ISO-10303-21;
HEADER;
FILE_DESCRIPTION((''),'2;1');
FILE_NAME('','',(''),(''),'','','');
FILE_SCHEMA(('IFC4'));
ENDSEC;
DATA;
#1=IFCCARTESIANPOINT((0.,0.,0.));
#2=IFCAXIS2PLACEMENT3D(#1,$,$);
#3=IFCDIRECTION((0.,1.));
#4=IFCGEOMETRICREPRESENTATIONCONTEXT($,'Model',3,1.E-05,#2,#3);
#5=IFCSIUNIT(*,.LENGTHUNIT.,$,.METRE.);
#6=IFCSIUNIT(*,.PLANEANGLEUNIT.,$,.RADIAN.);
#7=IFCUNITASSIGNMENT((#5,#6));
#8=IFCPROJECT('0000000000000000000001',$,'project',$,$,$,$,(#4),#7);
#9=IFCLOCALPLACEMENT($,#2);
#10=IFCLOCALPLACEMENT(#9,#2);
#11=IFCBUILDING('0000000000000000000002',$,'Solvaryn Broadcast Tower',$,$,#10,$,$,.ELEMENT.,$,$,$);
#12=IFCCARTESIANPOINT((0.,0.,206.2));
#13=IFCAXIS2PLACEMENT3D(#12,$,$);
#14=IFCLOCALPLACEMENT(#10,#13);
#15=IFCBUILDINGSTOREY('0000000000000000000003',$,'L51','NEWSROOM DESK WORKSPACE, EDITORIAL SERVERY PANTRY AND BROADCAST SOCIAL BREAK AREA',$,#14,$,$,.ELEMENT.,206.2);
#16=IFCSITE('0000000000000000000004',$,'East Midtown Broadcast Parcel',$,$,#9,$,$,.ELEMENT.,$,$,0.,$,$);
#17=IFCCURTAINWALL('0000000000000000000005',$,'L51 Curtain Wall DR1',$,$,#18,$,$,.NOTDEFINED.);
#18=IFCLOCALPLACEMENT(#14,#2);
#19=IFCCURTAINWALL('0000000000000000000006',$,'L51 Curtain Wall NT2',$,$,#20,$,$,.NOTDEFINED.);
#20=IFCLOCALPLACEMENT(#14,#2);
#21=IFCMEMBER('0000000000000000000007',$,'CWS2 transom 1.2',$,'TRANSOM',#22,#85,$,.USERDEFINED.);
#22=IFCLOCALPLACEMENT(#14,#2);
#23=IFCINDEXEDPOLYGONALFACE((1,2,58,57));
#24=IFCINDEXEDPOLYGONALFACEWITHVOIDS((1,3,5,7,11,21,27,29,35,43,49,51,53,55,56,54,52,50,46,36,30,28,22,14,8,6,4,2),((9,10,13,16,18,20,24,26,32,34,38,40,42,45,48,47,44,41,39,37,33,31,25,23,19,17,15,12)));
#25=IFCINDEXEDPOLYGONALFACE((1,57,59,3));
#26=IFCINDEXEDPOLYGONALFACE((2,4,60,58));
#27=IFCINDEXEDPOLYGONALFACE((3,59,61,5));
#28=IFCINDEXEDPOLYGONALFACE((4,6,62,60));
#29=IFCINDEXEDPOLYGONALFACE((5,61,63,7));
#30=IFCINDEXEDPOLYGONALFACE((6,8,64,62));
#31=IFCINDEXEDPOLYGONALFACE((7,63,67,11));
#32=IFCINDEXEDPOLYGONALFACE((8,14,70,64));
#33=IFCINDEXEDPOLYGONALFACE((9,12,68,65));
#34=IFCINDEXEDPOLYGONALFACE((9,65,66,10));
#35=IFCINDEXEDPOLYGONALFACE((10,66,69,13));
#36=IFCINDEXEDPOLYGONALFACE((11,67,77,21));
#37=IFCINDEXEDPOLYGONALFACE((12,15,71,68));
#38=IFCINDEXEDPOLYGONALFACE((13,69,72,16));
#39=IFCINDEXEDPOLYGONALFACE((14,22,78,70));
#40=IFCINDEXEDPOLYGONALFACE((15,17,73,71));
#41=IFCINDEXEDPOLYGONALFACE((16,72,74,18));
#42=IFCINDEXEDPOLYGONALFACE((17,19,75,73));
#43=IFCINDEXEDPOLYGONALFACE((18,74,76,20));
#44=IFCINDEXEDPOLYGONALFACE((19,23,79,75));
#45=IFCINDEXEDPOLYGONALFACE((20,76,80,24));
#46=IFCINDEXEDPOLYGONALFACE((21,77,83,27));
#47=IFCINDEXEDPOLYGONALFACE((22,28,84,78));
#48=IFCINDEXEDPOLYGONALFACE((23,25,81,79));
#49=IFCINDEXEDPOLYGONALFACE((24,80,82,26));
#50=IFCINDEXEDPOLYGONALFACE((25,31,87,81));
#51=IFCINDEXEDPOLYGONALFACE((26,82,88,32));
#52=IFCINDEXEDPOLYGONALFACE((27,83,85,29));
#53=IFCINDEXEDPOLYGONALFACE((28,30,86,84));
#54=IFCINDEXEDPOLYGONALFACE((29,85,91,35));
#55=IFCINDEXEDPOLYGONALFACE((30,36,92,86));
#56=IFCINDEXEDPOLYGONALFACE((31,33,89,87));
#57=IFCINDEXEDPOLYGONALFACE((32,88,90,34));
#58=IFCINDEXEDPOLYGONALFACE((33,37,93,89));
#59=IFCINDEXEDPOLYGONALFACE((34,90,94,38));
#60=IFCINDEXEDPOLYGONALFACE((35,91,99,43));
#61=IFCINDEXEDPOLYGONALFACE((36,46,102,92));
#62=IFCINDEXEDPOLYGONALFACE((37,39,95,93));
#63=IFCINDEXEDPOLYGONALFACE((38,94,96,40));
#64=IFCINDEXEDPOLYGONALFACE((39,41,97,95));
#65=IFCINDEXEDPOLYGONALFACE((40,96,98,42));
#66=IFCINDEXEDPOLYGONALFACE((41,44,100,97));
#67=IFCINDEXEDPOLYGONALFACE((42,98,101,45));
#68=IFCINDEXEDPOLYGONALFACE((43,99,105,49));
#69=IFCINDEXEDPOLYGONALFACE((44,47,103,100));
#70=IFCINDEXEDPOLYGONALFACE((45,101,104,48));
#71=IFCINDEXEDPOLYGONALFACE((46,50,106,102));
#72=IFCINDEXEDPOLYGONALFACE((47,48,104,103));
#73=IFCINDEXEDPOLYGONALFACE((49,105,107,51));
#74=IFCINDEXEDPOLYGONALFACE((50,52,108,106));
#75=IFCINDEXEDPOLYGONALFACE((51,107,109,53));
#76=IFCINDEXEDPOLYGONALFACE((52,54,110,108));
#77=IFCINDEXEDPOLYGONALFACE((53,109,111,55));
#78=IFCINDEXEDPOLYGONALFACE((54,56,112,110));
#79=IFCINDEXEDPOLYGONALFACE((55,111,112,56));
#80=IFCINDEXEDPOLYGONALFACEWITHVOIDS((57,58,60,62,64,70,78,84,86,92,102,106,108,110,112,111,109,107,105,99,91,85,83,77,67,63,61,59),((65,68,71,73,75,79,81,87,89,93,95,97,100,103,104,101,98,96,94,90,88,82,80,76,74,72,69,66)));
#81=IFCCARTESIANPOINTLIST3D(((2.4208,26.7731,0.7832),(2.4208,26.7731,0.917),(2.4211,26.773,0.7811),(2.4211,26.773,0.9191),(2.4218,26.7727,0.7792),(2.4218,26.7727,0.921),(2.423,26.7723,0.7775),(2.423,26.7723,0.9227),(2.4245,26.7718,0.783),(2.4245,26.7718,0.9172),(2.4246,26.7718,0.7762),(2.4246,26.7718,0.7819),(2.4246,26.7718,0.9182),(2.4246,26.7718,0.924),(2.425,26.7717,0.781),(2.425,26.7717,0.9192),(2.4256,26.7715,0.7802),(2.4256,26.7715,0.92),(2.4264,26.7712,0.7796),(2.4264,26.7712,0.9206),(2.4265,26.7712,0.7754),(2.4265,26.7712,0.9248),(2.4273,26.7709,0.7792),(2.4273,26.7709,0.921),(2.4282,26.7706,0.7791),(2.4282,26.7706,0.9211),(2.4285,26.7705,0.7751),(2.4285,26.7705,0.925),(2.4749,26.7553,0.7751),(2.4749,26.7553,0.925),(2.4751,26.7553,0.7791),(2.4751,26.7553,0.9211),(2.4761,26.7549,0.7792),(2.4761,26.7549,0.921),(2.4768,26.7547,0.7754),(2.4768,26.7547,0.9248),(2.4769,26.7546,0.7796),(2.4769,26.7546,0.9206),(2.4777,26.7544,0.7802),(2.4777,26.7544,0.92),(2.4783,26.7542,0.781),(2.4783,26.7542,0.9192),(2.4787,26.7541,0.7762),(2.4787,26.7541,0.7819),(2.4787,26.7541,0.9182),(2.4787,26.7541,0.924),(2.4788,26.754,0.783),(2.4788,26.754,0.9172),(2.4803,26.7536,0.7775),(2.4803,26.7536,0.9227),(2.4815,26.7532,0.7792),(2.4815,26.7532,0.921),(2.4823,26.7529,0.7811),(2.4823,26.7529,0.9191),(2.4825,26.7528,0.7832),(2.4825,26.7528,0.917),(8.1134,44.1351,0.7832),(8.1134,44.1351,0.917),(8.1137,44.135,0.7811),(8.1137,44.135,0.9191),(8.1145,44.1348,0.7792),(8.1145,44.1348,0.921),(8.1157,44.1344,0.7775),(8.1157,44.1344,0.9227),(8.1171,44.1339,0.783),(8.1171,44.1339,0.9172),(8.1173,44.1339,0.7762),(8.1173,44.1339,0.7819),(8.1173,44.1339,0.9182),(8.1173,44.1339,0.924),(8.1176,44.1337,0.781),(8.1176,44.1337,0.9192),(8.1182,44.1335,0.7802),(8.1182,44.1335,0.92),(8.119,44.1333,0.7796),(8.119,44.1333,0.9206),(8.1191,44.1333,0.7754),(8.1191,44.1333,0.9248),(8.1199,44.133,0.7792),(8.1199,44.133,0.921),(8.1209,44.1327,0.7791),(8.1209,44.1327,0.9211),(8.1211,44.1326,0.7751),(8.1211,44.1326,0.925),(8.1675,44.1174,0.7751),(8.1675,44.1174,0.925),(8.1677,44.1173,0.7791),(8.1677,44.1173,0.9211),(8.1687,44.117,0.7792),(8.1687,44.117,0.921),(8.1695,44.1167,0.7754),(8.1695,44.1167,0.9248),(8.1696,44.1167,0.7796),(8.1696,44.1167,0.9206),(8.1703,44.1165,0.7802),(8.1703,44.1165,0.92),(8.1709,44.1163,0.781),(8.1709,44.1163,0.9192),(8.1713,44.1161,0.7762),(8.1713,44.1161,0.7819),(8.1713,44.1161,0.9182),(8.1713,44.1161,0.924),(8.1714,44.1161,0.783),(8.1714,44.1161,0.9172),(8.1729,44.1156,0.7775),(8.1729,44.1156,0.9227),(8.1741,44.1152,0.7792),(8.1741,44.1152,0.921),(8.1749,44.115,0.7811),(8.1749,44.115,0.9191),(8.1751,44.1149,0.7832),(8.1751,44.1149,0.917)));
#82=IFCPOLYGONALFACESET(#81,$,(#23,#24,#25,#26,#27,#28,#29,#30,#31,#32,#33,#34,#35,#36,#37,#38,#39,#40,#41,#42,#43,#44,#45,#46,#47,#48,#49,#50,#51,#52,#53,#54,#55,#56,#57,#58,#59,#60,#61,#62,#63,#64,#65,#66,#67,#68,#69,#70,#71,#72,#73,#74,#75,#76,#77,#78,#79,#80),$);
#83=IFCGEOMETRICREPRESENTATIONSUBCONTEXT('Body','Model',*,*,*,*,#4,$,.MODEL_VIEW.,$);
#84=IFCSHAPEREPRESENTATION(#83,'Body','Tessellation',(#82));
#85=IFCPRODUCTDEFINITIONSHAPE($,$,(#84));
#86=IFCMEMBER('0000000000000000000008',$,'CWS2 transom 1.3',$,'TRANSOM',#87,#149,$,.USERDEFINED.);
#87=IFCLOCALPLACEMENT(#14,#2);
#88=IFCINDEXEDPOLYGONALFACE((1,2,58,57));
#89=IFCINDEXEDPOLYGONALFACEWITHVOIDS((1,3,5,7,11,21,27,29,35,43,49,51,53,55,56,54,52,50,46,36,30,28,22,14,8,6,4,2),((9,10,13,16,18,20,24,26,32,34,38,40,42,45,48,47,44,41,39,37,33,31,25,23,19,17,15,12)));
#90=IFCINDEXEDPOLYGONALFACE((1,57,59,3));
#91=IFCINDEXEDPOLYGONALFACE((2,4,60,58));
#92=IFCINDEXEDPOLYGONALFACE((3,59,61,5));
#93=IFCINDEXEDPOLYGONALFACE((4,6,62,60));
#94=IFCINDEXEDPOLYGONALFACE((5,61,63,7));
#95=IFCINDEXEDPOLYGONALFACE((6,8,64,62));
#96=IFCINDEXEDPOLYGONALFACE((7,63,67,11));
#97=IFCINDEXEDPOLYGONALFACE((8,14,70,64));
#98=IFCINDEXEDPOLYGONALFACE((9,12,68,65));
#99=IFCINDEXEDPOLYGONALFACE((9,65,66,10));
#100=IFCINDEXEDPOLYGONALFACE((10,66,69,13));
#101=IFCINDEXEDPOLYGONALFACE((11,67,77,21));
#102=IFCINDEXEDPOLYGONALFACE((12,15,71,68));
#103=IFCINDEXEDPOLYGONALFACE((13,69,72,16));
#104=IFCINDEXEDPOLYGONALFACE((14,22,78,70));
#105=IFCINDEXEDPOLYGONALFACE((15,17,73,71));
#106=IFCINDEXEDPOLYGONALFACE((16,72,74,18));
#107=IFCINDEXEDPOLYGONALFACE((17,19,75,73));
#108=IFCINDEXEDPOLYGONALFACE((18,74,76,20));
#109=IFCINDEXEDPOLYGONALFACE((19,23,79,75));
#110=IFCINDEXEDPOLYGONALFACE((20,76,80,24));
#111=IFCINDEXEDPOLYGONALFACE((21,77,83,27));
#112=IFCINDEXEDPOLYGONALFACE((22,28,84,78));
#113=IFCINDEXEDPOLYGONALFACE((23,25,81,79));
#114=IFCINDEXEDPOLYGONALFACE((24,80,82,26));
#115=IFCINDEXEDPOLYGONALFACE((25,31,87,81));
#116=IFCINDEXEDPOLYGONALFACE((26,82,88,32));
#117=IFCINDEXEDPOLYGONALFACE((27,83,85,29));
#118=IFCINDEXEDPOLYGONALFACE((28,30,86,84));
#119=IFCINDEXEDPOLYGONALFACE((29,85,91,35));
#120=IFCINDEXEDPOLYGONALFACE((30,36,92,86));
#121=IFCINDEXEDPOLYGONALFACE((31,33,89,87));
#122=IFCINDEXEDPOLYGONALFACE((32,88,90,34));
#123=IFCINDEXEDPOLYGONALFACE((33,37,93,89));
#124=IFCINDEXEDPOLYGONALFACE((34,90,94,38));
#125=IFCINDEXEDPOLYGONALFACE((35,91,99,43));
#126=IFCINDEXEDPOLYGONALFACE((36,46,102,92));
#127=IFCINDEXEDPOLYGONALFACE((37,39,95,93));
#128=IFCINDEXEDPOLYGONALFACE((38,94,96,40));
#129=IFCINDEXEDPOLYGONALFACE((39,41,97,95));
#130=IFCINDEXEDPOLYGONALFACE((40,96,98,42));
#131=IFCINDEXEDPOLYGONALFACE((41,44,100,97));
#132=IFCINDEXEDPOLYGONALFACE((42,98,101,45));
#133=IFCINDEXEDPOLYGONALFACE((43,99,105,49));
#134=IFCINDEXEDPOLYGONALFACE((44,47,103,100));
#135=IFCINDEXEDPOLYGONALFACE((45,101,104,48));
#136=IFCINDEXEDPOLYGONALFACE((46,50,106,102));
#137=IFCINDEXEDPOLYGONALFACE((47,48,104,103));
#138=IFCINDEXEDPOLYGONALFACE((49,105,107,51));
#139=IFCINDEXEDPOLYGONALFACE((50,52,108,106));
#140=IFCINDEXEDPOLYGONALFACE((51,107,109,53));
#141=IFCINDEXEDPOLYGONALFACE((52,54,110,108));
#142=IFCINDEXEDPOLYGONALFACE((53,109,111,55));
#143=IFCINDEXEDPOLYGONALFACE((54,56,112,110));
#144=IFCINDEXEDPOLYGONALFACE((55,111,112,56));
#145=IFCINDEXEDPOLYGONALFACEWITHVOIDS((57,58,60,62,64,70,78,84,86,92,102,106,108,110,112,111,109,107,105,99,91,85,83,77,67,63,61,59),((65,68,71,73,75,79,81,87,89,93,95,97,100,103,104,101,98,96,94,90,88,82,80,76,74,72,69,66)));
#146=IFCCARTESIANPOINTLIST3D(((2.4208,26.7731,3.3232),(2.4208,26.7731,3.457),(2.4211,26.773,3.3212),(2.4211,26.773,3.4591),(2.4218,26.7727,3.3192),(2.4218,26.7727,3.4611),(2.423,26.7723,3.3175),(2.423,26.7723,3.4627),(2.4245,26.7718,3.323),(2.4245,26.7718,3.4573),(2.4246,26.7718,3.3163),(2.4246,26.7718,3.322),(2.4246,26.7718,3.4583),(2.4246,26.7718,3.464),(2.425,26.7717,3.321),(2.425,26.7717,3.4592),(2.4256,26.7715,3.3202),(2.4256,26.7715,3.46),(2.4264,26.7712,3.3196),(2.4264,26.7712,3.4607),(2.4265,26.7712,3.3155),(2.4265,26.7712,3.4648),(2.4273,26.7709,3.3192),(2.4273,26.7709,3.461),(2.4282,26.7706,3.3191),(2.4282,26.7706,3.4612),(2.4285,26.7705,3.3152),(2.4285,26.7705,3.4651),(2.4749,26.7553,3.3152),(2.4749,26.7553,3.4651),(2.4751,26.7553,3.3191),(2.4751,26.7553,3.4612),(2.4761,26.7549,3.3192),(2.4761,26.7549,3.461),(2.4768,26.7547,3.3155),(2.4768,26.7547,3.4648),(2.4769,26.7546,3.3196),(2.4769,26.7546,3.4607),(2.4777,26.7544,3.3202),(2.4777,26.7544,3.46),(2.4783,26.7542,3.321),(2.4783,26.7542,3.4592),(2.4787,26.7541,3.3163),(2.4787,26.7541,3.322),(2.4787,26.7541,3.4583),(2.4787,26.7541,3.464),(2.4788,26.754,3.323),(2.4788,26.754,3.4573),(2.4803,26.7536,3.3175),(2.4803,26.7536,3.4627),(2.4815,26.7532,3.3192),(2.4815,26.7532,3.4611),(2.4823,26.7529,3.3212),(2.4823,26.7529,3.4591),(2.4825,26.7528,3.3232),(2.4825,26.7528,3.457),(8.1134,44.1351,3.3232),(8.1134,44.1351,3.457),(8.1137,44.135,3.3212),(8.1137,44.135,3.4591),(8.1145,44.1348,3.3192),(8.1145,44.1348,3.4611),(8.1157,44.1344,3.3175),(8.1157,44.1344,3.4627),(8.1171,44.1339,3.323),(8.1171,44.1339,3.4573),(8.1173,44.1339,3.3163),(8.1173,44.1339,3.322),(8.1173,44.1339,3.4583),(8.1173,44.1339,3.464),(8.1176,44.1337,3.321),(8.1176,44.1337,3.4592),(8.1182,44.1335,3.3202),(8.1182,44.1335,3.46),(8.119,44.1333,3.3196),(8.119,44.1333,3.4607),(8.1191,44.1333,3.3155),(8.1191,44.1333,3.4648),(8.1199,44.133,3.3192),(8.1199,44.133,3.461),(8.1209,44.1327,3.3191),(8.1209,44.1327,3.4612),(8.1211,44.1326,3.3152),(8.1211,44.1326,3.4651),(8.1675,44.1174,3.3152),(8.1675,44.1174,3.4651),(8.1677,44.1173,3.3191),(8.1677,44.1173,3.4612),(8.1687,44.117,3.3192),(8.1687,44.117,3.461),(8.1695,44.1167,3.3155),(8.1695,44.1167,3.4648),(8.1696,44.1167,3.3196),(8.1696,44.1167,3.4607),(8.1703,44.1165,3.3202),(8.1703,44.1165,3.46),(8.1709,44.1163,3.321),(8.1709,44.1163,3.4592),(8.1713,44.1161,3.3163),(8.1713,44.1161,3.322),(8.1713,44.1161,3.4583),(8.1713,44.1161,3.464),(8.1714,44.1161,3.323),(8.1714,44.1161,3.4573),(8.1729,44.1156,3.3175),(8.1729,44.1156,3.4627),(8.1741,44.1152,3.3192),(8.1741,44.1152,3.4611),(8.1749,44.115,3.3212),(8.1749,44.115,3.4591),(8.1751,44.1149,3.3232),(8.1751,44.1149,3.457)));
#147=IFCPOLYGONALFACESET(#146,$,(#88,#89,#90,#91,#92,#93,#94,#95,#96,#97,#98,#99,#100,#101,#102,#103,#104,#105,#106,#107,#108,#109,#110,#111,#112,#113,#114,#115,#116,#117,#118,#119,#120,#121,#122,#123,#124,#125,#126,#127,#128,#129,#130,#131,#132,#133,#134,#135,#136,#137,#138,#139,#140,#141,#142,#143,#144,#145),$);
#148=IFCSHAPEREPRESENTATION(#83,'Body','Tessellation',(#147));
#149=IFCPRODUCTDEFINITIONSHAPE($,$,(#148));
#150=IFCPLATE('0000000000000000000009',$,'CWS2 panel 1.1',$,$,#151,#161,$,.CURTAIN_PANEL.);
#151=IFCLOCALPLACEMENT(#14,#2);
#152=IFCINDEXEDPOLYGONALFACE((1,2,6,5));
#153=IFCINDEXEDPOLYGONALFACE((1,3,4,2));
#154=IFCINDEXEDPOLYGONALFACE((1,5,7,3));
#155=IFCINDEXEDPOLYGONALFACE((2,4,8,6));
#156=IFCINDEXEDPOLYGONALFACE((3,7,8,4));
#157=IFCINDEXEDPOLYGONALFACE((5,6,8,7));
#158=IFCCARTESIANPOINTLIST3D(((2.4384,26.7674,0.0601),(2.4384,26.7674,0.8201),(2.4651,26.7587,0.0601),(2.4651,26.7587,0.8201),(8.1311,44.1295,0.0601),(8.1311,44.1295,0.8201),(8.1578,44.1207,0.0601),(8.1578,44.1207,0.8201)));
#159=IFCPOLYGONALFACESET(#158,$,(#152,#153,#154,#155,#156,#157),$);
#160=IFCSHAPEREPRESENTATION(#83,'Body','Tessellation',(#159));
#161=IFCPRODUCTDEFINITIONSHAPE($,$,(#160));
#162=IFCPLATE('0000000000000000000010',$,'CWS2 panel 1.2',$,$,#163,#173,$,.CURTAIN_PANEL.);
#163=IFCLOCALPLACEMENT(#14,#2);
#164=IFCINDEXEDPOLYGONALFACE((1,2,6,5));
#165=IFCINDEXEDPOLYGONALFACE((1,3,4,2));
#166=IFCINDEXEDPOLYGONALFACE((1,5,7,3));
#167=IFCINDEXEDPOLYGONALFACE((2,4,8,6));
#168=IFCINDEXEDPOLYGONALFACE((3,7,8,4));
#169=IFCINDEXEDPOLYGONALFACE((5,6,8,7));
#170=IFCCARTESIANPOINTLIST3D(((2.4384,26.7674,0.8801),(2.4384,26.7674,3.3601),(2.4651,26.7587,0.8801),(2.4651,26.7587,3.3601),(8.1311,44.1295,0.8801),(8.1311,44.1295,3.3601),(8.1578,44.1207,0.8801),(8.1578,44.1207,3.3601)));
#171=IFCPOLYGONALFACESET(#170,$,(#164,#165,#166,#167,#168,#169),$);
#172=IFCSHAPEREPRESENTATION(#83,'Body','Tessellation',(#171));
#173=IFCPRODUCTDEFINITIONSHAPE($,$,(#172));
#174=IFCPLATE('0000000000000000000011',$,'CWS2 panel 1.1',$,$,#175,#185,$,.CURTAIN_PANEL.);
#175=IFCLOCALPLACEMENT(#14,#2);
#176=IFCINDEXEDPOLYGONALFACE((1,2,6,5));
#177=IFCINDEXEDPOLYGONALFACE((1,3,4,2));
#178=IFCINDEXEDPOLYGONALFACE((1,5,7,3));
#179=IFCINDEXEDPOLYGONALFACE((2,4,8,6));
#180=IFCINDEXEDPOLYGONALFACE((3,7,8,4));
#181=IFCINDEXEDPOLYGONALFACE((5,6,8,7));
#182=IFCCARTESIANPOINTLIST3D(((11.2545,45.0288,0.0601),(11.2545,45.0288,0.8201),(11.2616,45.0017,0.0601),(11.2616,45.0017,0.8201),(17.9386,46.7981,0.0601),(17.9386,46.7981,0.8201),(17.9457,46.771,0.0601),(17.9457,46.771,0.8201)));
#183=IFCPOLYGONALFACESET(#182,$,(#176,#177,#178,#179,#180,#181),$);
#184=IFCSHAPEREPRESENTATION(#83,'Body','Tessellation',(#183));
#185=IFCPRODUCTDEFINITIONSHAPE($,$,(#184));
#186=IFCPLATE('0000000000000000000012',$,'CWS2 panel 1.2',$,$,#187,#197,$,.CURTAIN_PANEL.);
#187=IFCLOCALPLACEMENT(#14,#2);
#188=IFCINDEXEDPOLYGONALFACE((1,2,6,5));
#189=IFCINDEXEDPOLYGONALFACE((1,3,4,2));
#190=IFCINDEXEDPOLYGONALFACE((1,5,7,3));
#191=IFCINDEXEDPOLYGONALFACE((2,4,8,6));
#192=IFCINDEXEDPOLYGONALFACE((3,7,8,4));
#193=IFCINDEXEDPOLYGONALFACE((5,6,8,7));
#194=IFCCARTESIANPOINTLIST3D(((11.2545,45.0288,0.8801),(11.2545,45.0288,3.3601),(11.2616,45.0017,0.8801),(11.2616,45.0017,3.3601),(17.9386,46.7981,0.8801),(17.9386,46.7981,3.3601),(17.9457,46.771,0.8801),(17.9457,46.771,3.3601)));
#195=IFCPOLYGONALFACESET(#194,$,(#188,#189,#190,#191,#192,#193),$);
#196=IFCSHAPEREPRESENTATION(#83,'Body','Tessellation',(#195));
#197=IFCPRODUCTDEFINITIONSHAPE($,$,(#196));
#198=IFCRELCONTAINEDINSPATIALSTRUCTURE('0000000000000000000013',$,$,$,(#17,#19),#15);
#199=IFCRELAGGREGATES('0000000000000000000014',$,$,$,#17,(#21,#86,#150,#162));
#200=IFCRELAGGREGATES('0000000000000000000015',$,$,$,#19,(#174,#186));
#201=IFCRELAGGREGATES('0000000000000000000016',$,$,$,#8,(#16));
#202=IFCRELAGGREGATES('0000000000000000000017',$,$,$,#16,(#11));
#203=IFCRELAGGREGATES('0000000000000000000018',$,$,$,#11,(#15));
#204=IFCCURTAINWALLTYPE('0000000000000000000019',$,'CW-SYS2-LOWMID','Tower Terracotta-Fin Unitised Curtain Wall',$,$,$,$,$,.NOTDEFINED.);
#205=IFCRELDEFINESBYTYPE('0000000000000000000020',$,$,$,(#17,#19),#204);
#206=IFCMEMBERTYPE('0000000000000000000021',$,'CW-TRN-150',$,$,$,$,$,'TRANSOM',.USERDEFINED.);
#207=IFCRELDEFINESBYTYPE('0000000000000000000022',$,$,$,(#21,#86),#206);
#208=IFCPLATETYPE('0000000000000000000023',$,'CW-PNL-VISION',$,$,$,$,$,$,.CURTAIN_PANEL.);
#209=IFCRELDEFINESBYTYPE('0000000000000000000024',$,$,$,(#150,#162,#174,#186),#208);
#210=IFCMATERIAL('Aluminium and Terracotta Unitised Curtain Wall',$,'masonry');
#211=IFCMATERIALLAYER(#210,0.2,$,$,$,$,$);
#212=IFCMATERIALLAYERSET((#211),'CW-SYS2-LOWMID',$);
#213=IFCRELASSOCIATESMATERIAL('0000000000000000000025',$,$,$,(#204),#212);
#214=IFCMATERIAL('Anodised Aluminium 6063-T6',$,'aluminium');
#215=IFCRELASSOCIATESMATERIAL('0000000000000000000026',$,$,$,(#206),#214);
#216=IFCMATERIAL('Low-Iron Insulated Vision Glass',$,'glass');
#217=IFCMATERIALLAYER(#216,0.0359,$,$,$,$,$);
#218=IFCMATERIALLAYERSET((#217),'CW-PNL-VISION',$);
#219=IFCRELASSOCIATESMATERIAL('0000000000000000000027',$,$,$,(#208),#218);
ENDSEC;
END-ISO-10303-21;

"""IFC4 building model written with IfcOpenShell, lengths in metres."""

from ifc_helpers import new_model, si_unit, direction, frame, origin, origin_2d, place, context, subcontext, project, spatial, rectangle, hollow_rectangle, extrude, material, layer, layer_set, material_profile, profile_set, type_object, element, aggregate, save


model = new_model("IFC4")

# Units and contexts
model_context = context("Model", 3, precision=1e-05, world=origin(), true_north=direction((0.0, 1.0)))
body_context = subcontext(model_context, "Body", "Model", "MODEL_VIEW")
ifc_project = project(units=[si_unit("LENGTHUNIT", "METRE"), si_unit("PLANEANGLEUNIT", "RADIAN")], contexts=[model_context])

# Site, building, storey
site_placement = place(None, origin())
site = spatial("IfcSite", under=ifc_project, at=site_placement, Name="East Midtown Broadcast Parcel", CompositionType="ELEMENT", RefElevation=0.0)
building_placement = place(site_placement, origin())
building = spatial("IfcBuilding", under=site, at=building_placement, Name="Solvaryn Broadcast Tower", CompositionType="ELEMENT")
storey_placement = place(building_placement, frame((0.0, 0.0, 206.2)))
storey = spatial("IfcBuildingStorey", under=building, at=storey_placement, Name="L51", Description="NEWSROOM DESK WORKSPACE, EDITORIAL SERVERY PANTRY AND BROADCAST SOCIAL BREAK AREA", CompositionType="ELEMENT", Elevation=206.2)

# Curtain walls
ifc_material_1 = material(Name="Aluminium and Terracotta Unitised Curtain Wall", Category="masonry")
ifc_layer_1 = layer(ifc_material_1, 0.2)
ifc_layer_set_1 = layer_set([ifc_layer_1], Name="CW-SYS2-LOWMID")
curtain_wall_type = type_object("IfcCurtainWallType", Name="CW-SYS2-LOWMID", Description="Tower Terracotta-Fin Unitised Curtain Wall", PredefinedType="NOTDEFINED", material=ifc_layer_set_1)
curtain_wall_1_placement = place(storey_placement, origin())
curtain_wall_1 = element("IfcCurtainWall", 1, at=curtain_wall_1_placement, inside=storey, type_object=curtain_wall_type, Name="L51 Curtain Wall DR1", PredefinedType="NOTDEFINED")
curtain_wall_2_placement = place(storey_placement, origin())
curtain_wall_2 = element("IfcCurtainWall", 2, at=curtain_wall_2_placement, inside=storey, type_object=curtain_wall_type, Name="L51 Curtain Wall NT2", PredefinedType="NOTDEFINED")

# Members
ifc_material_2 = material(Name="Anodised Aluminium 6063-T6", Category="aluminium")
ifc_material_profile_1 = material_profile(ifc_material_2, hollow_rectangle(XDim=0.0649, YDim=0.1499, WallThickness=0.0039, InnerFilletRadius=0.0039, OuterFilletRadius=0.0081, at=origin_2d()))
ifc_profile_set_1 = profile_set([ifc_material_profile_1], Name="Anodised Aluminium 6063-T6")
member_type_1 = type_object("IfcMemberType", Name="CW-TRN-150", ElementType="TRANSOM", PredefinedType="USERDEFINED", material=ifc_profile_set_1)
member_1_placement = place(storey_placement, frame((8.1443, 44.125, 0.8501), z_axis=(-0.311558, -0.950227, 0.0), x_axis=(0.950227, -0.311558, 0.0)))
member_1 = element("IfcMember", 3, at=member_1_placement, type_object=member_type_1, Name="CWS2 transom 1.2", ObjectType="TRANSOM", PredefinedType="USERDEFINED", context=body_context, shape_type="SweptSolid", body=[
    extrude(hollow_rectangle(XDim=0.0649, YDim=0.1499, WallThickness=0.0039, InnerFilletRadius=0.0039, OuterFilletRadius=0.0081, at=origin_2d()), origin(), (0.0, 0.0, 1.0), 18.2715),
])
member_2_placement = place(storey_placement, frame((8.1443, 44.125, 3.3901), z_axis=(-0.311558, -0.950227, 0.0), x_axis=(0.950227, -0.311558, 0.0)))
member_2 = element("IfcMember", 4, at=member_2_placement, type_object=member_type_1, Name="CWS2 transom 1.3", ObjectType="TRANSOM", PredefinedType="USERDEFINED", context=body_context, shape_type="SweptSolid", body=[
    extrude(hollow_rectangle(XDim=0.0649, YDim=0.1499, WallThickness=0.0039, InnerFilletRadius=0.0039, OuterFilletRadius=0.0081, at=origin_2d()), origin(), (0.0, 0.0, 1.0), 18.2715),
])

# Plates
ifc_material_3 = material(Name="Low-Iron Insulated Vision Glass", Category="glass")
ifc_layer_2 = layer(ifc_material_3, 0.0359)
ifc_layer_set_2 = layer_set([ifc_layer_2], Name="CW-PNL-VISION")
plate_type = type_object("IfcPlateType", Name="CW-PNL-VISION", PredefinedType="CURTAIN_PANEL", material=ifc_layer_set_2)
plate_1_placement = place(storey_placement, frame((5.2981, 35.4441, 0.0601), z_axis=(0.0, 0.0, 1.0), x_axis=(-0.311559, -0.950227, 0.0)))
plate_1 = element("IfcPlate", 5, at=plate_1_placement, type_object=plate_type, Name="CWS2 panel 1.1", PredefinedType="CURTAIN_PANEL", context=body_context, shape_type="SweptSolid", body=[
    extrude(rectangle(XDim=18.2715, YDim=0.0281, at=origin_2d()), origin(), (0.0, 0.0, 1.0), 0.76),
])
plate_2_placement = place(storey_placement, frame((5.2981, 35.4441, 0.8801), z_axis=(0.0, 0.0, 1.0), x_axis=(-0.311559, -0.950227, 0.0)))
plate_2 = element("IfcPlate", 6, at=plate_2_placement, type_object=plate_type, Name="CWS2 panel 1.2", PredefinedType="CURTAIN_PANEL", context=body_context, shape_type="SweptSolid", body=[
    extrude(rectangle(XDim=18.2715, YDim=0.0281, at=origin_2d()), origin(), (0.0, 0.0, 1.0), 2.48),
])
aggregate(curtain_wall_1, [member_1, member_2, plate_1, plate_2])
plate_3_placement = place(storey_placement, frame((14.6001, 45.8999, 0.0601), z_axis=(0.0, 0.0, 1.0), x_axis=(-0.966705, -0.255893, 0.0)))
plate_3 = element("IfcPlate", 7, at=plate_3_placement, type_object=plate_type, Name="CWS2 panel 1.1", PredefinedType="CURTAIN_PANEL", context=body_context, shape_type="SweptSolid", body=[
    extrude(rectangle(XDim=6.9143, YDim=0.0281, at=origin_2d()), origin(), (0.0, 0.0, 1.0), 0.76),
])
plate_4_placement = place(storey_placement, frame((14.6001, 45.8999, 0.8801), z_axis=(0.0, 0.0, 1.0), x_axis=(-0.966705, -0.255893, 0.0)))
plate_4 = element("IfcPlate", 8, at=plate_4_placement, type_object=plate_type, Name="CWS2 panel 1.2", PredefinedType="CURTAIN_PANEL", context=body_context, shape_type="SweptSolid", body=[
    extrude(rectangle(XDim=6.9143, YDim=0.0281, at=origin_2d()), origin(), (0.0, 0.0, 1.0), 2.48),
])
aggregate(curtain_wall_2, [plate_3, plate_4])

save(model, "model.ifc")
